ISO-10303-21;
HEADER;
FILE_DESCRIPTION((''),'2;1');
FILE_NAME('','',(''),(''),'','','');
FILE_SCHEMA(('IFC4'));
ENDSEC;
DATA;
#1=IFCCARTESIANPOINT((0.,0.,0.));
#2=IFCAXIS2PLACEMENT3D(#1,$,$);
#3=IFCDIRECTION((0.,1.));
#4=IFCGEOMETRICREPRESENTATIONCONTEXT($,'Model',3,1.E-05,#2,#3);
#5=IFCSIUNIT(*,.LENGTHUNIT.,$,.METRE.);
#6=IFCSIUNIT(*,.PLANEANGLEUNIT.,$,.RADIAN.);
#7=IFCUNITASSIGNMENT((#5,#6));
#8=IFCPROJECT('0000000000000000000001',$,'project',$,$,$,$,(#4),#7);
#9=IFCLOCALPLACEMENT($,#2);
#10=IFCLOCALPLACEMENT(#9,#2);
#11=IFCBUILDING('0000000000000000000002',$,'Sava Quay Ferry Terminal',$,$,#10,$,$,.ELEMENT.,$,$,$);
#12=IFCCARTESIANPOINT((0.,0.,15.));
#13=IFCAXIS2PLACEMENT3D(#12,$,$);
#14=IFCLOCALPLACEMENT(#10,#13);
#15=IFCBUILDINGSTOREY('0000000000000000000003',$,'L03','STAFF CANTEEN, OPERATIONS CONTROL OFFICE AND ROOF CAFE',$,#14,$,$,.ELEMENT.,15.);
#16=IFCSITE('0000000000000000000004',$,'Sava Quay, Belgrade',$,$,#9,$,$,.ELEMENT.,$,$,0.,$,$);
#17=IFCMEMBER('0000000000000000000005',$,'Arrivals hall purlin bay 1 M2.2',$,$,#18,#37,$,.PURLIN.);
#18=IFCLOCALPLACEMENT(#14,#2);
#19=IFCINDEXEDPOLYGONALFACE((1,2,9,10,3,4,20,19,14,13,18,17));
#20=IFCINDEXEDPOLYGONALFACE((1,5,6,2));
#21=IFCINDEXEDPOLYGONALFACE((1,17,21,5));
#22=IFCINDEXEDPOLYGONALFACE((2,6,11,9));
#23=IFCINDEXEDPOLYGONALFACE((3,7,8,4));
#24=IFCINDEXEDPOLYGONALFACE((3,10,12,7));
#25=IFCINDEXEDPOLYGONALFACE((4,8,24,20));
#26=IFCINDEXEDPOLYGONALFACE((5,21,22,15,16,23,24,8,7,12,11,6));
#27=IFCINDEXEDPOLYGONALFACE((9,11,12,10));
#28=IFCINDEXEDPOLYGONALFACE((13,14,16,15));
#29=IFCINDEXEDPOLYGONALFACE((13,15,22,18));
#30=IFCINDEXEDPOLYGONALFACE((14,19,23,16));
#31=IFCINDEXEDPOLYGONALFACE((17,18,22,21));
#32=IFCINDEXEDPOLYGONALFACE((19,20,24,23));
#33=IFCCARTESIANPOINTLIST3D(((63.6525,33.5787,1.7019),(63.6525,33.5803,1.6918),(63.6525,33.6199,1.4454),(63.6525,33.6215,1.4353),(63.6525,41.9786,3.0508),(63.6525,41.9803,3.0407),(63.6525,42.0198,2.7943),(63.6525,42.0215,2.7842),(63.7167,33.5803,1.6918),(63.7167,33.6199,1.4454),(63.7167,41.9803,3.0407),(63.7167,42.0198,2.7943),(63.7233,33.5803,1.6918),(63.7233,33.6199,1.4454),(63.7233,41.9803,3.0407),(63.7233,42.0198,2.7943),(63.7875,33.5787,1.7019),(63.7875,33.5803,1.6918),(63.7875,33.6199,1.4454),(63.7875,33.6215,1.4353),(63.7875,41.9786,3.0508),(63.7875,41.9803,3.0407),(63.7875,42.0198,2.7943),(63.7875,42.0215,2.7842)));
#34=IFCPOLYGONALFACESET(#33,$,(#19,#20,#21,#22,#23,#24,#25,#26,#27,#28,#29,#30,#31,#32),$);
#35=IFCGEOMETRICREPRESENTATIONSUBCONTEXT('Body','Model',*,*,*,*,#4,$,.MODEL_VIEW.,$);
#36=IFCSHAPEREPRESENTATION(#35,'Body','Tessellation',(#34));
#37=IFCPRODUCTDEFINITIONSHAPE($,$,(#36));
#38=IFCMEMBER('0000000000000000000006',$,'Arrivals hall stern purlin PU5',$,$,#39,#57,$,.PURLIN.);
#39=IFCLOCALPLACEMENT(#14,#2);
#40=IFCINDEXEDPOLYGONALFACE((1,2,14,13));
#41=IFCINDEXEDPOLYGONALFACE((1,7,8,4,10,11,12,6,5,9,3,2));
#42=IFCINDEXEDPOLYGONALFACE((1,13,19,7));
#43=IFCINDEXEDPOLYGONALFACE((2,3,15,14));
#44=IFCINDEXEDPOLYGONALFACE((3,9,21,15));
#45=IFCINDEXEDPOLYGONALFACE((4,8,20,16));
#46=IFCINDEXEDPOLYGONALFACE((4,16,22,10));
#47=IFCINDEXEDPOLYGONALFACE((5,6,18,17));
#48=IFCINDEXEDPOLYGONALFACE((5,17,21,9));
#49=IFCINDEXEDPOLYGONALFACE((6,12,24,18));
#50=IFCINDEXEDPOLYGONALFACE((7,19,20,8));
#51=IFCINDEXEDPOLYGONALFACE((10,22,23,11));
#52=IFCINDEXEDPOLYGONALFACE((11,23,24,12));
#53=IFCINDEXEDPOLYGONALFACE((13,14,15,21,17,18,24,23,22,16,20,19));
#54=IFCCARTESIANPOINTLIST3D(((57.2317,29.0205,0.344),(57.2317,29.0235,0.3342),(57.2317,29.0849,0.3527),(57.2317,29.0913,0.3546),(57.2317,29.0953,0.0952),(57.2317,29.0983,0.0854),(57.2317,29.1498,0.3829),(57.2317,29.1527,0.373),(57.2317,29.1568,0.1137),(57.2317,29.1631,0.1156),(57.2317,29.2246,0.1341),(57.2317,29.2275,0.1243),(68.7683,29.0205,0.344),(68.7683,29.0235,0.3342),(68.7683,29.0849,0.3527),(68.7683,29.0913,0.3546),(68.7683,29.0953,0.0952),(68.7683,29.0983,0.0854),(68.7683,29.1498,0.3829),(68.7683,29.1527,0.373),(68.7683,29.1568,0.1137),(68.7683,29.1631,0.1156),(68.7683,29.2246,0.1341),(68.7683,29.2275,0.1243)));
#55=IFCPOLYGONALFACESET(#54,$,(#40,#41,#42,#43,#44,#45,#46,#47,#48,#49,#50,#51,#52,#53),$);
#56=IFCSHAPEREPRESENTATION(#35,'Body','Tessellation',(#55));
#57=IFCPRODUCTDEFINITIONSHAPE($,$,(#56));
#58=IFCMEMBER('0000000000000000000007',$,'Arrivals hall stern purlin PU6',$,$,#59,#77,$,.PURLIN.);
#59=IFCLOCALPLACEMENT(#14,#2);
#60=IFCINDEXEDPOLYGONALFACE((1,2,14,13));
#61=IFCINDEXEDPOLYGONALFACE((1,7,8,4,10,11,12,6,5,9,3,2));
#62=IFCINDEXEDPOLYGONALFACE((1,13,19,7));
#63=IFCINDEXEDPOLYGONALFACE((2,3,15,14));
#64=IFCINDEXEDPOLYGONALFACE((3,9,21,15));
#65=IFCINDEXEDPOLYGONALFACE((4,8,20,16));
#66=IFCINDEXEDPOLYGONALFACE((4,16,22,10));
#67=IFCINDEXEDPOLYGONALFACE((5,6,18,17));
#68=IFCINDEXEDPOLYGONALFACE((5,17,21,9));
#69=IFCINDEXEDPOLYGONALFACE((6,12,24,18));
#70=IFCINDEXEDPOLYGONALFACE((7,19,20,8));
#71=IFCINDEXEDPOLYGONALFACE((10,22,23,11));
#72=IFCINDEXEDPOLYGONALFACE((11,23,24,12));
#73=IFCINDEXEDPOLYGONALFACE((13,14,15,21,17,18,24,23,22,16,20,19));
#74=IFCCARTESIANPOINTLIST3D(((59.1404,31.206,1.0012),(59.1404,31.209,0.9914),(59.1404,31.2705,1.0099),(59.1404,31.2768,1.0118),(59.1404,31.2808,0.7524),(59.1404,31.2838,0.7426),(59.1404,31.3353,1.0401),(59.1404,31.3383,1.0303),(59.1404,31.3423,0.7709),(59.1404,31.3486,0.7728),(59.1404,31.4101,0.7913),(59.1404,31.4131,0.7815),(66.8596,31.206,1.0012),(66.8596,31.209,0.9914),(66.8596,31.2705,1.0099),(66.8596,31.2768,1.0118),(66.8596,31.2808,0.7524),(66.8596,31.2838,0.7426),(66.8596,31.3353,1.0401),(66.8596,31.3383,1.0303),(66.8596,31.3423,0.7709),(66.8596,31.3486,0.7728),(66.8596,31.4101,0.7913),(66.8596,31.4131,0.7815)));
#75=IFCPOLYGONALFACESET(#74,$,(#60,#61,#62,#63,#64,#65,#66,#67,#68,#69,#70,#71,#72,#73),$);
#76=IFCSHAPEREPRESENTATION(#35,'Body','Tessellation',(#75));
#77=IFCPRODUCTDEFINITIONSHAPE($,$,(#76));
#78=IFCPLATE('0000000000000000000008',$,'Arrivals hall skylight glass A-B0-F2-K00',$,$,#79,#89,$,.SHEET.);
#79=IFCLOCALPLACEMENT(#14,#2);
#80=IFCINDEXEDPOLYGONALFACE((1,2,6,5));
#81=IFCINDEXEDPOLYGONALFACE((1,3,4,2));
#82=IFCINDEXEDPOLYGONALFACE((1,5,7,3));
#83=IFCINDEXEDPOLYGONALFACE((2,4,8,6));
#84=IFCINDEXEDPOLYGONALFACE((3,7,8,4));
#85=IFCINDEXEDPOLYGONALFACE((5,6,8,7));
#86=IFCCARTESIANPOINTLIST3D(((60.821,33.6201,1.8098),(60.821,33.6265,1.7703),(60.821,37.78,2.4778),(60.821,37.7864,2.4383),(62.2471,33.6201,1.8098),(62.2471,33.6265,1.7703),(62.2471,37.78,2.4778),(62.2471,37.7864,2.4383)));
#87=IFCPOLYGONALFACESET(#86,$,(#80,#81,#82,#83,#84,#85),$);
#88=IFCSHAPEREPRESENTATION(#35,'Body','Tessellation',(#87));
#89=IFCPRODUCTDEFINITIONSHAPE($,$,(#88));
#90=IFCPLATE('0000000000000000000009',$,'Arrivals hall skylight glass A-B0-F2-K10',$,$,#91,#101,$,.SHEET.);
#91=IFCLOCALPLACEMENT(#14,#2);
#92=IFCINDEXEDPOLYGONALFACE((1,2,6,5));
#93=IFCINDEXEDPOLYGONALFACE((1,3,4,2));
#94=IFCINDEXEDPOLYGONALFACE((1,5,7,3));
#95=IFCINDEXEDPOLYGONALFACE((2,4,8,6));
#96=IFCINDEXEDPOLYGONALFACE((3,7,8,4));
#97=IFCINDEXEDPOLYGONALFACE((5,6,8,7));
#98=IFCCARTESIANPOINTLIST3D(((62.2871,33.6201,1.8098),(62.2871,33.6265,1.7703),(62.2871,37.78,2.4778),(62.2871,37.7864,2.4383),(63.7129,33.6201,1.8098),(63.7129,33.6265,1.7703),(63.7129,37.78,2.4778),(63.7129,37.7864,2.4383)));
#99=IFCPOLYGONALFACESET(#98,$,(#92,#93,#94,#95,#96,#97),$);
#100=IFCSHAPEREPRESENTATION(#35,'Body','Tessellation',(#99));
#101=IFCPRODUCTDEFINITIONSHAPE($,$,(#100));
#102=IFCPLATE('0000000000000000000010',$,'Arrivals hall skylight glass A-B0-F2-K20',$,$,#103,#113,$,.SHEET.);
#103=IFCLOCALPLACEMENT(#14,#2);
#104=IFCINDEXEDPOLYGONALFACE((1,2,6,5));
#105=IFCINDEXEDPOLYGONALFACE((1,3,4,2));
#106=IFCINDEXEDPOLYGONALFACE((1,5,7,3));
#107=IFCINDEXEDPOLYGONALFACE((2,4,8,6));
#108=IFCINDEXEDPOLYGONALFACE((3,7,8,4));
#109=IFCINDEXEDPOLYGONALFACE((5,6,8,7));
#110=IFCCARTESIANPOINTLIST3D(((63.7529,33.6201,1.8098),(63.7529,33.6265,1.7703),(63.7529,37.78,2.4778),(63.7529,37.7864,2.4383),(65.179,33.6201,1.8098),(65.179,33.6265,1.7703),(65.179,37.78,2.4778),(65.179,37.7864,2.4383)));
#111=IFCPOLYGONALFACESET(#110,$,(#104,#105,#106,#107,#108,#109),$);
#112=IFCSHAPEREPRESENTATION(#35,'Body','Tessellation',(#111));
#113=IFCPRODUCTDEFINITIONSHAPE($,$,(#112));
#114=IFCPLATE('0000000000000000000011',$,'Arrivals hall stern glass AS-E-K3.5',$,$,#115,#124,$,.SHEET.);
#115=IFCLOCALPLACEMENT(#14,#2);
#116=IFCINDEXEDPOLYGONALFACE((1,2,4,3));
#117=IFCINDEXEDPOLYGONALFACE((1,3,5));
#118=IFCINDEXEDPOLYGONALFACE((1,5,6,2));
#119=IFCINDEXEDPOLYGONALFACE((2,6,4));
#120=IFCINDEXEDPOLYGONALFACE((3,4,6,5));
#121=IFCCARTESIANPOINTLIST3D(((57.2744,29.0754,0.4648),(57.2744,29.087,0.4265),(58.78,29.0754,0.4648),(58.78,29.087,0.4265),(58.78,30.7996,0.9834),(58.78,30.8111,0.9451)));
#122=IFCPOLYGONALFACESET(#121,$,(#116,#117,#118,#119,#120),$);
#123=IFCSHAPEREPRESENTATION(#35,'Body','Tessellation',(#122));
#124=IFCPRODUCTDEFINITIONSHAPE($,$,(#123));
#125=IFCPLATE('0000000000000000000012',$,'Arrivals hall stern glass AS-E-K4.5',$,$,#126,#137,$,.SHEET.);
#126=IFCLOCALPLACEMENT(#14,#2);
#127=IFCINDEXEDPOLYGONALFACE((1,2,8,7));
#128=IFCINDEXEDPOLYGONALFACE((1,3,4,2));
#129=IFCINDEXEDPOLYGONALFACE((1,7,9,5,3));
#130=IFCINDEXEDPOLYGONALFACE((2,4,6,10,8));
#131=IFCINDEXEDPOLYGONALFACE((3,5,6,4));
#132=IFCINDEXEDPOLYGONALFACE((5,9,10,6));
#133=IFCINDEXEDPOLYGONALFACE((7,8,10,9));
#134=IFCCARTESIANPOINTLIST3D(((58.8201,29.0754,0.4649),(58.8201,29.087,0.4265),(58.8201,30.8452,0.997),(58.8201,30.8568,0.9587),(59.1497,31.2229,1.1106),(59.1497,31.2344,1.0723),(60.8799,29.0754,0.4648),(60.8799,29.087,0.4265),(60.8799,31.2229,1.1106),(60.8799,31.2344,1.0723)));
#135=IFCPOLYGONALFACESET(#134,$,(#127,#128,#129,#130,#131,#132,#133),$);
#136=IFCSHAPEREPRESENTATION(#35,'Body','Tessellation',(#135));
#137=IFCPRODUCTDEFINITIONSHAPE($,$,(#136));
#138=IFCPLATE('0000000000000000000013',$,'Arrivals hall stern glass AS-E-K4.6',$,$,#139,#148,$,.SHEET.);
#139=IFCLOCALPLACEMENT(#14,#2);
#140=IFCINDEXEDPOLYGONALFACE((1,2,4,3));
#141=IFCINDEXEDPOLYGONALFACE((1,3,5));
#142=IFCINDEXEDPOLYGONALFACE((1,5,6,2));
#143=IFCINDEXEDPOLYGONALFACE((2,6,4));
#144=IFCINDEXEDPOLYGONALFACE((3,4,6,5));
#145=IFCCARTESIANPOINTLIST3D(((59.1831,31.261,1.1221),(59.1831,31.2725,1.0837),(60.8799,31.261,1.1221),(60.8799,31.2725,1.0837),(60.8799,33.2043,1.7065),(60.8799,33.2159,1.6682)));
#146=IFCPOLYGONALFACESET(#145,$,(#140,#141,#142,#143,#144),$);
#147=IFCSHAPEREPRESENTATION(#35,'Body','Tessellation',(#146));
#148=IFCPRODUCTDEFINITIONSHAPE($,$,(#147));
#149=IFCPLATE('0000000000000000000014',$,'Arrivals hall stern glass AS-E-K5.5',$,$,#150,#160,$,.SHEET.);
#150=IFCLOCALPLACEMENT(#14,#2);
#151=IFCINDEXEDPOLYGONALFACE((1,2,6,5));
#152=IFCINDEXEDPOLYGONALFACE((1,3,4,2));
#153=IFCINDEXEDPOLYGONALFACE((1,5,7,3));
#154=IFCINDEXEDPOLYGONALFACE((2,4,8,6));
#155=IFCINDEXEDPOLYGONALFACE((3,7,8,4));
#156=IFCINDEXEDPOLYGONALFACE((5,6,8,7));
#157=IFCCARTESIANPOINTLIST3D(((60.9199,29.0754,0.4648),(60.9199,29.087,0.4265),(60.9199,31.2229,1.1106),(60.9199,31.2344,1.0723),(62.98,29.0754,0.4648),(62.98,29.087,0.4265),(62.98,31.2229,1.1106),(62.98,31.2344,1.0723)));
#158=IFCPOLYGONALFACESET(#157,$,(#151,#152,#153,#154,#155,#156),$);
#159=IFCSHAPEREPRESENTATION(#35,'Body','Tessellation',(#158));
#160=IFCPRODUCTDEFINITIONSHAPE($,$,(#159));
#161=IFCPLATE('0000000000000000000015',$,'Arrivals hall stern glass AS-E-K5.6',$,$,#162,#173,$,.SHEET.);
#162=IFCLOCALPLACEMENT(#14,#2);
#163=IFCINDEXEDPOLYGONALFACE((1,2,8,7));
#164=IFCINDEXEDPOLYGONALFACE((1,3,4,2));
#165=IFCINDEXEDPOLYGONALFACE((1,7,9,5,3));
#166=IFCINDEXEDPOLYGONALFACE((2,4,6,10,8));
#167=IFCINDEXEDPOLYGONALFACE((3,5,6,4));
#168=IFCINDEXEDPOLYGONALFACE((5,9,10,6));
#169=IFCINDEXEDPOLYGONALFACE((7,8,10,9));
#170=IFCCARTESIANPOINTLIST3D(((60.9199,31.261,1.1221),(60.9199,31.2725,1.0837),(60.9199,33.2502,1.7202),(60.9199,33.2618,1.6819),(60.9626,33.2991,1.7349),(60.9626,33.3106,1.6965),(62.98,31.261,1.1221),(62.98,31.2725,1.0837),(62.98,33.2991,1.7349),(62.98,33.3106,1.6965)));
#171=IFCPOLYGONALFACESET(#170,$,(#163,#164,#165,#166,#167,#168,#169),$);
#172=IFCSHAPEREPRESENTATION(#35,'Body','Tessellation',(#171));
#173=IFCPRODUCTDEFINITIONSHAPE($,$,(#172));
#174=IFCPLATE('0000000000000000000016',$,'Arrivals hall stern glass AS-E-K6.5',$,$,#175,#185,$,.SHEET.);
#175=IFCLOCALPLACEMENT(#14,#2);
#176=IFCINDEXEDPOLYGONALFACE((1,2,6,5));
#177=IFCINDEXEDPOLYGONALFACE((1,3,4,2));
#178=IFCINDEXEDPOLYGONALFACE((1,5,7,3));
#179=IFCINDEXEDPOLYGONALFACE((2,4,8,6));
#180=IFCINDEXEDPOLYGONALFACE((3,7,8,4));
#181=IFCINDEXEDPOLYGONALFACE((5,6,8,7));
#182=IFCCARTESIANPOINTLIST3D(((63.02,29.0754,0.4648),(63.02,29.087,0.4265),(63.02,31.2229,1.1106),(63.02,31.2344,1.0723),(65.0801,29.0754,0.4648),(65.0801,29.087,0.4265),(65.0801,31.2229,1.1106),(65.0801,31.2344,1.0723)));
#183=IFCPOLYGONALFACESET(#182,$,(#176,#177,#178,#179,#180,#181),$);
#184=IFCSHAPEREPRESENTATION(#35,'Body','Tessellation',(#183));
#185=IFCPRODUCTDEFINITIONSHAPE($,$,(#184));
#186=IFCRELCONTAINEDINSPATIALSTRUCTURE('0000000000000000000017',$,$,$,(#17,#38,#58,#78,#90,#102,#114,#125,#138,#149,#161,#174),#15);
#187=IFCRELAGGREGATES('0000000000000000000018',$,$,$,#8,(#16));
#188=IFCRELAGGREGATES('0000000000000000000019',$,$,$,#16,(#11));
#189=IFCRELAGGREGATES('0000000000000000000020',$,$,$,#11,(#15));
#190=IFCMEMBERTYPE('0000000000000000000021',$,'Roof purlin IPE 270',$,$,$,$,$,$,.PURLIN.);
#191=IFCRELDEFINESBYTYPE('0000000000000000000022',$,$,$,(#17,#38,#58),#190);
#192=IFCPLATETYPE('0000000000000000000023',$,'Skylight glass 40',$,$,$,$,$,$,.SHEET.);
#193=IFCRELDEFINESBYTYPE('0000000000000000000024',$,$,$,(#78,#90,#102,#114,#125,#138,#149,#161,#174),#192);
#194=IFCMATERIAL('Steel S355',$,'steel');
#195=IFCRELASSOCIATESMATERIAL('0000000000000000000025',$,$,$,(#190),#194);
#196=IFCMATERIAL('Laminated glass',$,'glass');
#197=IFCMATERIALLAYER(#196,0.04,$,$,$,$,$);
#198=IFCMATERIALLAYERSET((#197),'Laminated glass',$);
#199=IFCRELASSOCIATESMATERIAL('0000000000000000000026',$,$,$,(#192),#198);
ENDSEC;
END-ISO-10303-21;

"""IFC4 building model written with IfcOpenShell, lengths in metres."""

from ifc_helpers import new_model, si_unit, direction, frame, origin, origin_2d, place, context, subcontext, project, spatial, polyline, i_section, outline, extrude, material, layer, layer_set, material_profile, profile_set, type_object, element, save


model = new_model("IFC4")

# Units and contexts
model_context = context("Model", 3, precision=1e-05, world=origin(), true_north=direction((0.0, 1.0)))
body_context = subcontext(model_context, "Body", "Model", "MODEL_VIEW")
ifc_project = project(units=[si_unit("LENGTHUNIT", "METRE"), si_unit("PLANEANGLEUNIT", "RADIAN")], contexts=[model_context])

# Site, building, storey
site_placement = place(None, origin())
site = spatial("IfcSite", under=ifc_project, at=site_placement, Name="Sava Quay, Belgrade", CompositionType="ELEMENT", RefElevation=0.0)
building_placement = place(site_placement, origin())
building = spatial("IfcBuilding", under=site, at=building_placement, Name="Sava Quay Ferry Terminal", CompositionType="ELEMENT")
storey_placement = place(building_placement, frame((0.0, 0.0, 15.0)))
storey = spatial("IfcBuildingStorey", under=building, at=storey_placement, Name="L03", Description="STAFF CANTEEN, OPERATIONS CONTROL OFFICE AND ROOF CAFE", CompositionType="ELEMENT", Elevation=15.0)

# Members
ifc_material_1 = material(Name="Steel S355", Category="steel")
ifc_material_profile_1 = material_profile(ifc_material_1, i_section(OverallWidth=0.135, OverallDepth=0.27, WebThickness=0.0066, FlangeThickness=0.0103, at=origin_2d()), Name="IPE 270")
ifc_profile_set_1 = profile_set([ifc_material_profile_1], Name="Steel S355")
member_type_1 = type_object("IfcMemberType", Name="Roof purlin IPE 270", PredefinedType="PURLIN", material=ifc_profile_set_1)
for number, where, z_axis, x_axis, name in (
    (1, (63.72, 33.6001, 1.5686), (0.0, 0.987351, 0.158551), (-1.0, 0.0, 0.0), "Arrivals hall purlin bay 1 M2.2"),
):
    element("IfcMember", number, at=place(storey_placement, frame(where, z_axis=z_axis, x_axis=x_axis)), inside=storey, type_object=member_type_1, Name=name, PredefinedType="PURLIN", context=body_context, shape_type="SweptSolid", body=[
        extrude(i_section(OverallWidth=0.135, OverallDepth=0.27, WebThickness=0.0066, FlangeThickness=0.0103, at=origin_2d()), origin(), (0.0, 0.0, 1.0), 8.5076),
    ])
member_1_placement = place(storey_placement, frame((57.2317, 29.124, 0.2341), z_axis=(1.0, 0.0, 0.0), x_axis=(0.0, 0.957647, 0.287946)))
element("IfcMember", 2, at=member_1_placement, inside=storey, type_object=member_type_1, Name="Arrivals hall stern purlin PU5", PredefinedType="PURLIN", context=body_context, shape_type="SweptSolid", body=[
    extrude(i_section(OverallWidth=0.135, OverallDepth=0.27, WebThickness=0.0066, FlangeThickness=0.0103, at=origin_2d()), origin(), (0.0, 0.0, 1.0), 11.5366),
])
member_2_placement = place(storey_placement, frame((59.1404, 31.3096, 0.8914), z_axis=(1.0, 0.0, 0.0), x_axis=(0.0, 0.957647, 0.287946)))
element("IfcMember", 3, at=member_2_placement, inside=storey, type_object=member_type_1, Name="Arrivals hall stern purlin PU6", PredefinedType="PURLIN", context=body_context, shape_type="SweptSolid", body=[
    extrude(i_section(OverallWidth=0.135, OverallDepth=0.27, WebThickness=0.0066, FlangeThickness=0.0103, at=origin_2d()), origin(), (0.0, 0.0, 1.0), 7.7192),
])

# Plates
ifc_material_2 = material(Name="Laminated glass", Category="glass")
ifc_layer_1 = layer(ifc_material_2, 0.04)
ifc_layer_set_1 = layer_set([ifc_layer_1], Name="Laminated glass")
plate_type = type_object("IfcPlateType", Name="Skylight glass 40", PredefinedType="SHEET", material=ifc_layer_set_1)
plate_1_placement = place(storey_placement, frame((60.821, 33.6201, 1.8098), z_axis=(0.0, -0.158542, 0.987352), x_axis=(0.0, 0.987352, 0.158542)))
element("IfcPlate", 4, at=plate_1_placement, inside=storey, type_object=plate_type, Name="Arrivals hall skylight glass A-B0-F2-K00", PredefinedType="SHEET", context=body_context, shape_type="SweptSolid", body=[
    extrude(outline(polyline([(0.0, 0.0), (4.2132, 0.0), (4.2132, -1.426), (0.0, -1.426), (0.0, 0.0)])), origin(), (0.0, 0.0, -1.0), 0.04),
])
plate_2_placement = place(storey_placement, frame((62.2871, 33.6201, 1.8098), z_axis=(0.0, -0.158542, 0.987352), x_axis=(0.0, 0.987352, 0.158542)))
element("IfcPlate", 5, at=plate_2_placement, inside=storey, type_object=plate_type, Name="Arrivals hall skylight glass A-B0-F2-K10", PredefinedType="SHEET", context=body_context, shape_type="SweptSolid", body=[
    extrude(outline(polyline([(0.0, 0.0), (4.2132, 0.0), (4.2132, -1.4258), (0.0, -1.4258), (0.0, 0.0)])), origin(), (0.0, 0.0, -1.0), 0.04),
])
plate_3_placement = place(storey_placement, frame((63.7529, 33.6201, 1.8098), z_axis=(0.0, -0.158542, 0.987352), x_axis=(0.0, 0.987352, 0.158542)))
element("IfcPlate", 6, at=plate_3_placement, inside=storey, type_object=plate_type, Name="Arrivals hall skylight glass A-B0-F2-K20", PredefinedType="SHEET", context=body_context, shape_type="SweptSolid", body=[
    extrude(outline(polyline([(0.0, 0.0), (4.2132, 0.0), (4.2132, -1.426), (0.0, -1.426), (0.0, 0.0)])), origin(), (0.0, 0.0, -1.0), 0.04),
])
plate_4_placement = place(storey_placement, frame((58.78, 29.0754, 0.4648), z_axis=(0.0, -0.28802, 0.957625), x_axis=(-1.0, 0.0, 0.0)))
element("IfcPlate", 7, at=plate_4_placement, inside=storey, type_object=plate_type, Name="Arrivals hall stern glass AS-E-K3.5", PredefinedType="SHEET", context=body_context, shape_type="SweptSolid", body=[
    extrude(outline(polyline([(0.0, 0.0), (1.5056, 0.0), (0.0, -1.8004), (0.0, 0.0)])), origin(), (0.0, 0.0, -1.0), 0.04),
])
plate_5_placement = place(storey_placement, frame((60.8799, 31.2229, 1.1106), z_axis=(0.000011, -0.287969, 0.95764), x_axis=(0.0, -0.95764, -0.287969)))
element("IfcPlate", 8, at=plate_5_placement, inside=storey, type_object=plate_type, Name="Arrivals hall stern glass AS-E-K4.5", PredefinedType="SHEET", context=body_context, shape_type="SweptSolid", body=[
    extrude(outline(polyline([(0.0, 0.0), (2.2425, 0.0), (2.2425, -2.0598), (0.3944, -2.0598), (0.0, -1.7302), (0.0, 0.0)])), origin(), (0.0, 0.0, -1.0), 0.04),
])
plate_6_placement = place(storey_placement, frame((60.8799, 31.261, 1.1221), z_axis=(0.0, -0.28801, 0.957627), x_axis=(-1.0, 0.0, 0.0)))
element("IfcPlate", 9, at=plate_6_placement, inside=storey, type_object=plate_type, Name="Arrivals hall stern glass AS-E-K4.6", PredefinedType="SHEET", context=body_context, shape_type="SweptSolid", body=[
    extrude(outline(polyline([(0.0, 0.0), (1.6968, 0.0), (0.0, -2.0293), (0.0, 0.0)])), origin(), (0.0, 0.0, -1.0), 0.04),
])
plate_7_placement = place(storey_placement, frame((60.9199, 29.0754, 0.4648), z_axis=(0.0, -0.287967, 0.95764), x_axis=(0.0, 0.95764, 0.287967)))
element("IfcPlate", 10, at=plate_7_placement, inside=storey, type_object=plate_type, Name="Arrivals hall stern glass AS-E-K5.5", PredefinedType="SHEET", context=body_context, shape_type="SweptSolid", body=[
    extrude(outline(polyline([(0.0, 0.0), (2.2425, 0.0), (2.2425, -2.0601), (0.0, -2.0601), (0.0, 0.0)])), origin(), (0.0, 0.0, -1.0), 0.04),
])
plate_8_placement = place(storey_placement, frame((62.98, 31.261, 1.1221), z_axis=(0.000008, -0.287937, 0.957649), x_axis=(-1.0, -0.000002, 0.000007)))
element("IfcPlate", 11, at=plate_8_placement, inside=storey, type_object=plate_type, Name="Arrivals hall stern glass AS-E-K5.6", PredefinedType="SHEET", context=body_context, shape_type="SweptSolid", body=[
    extrude(outline(polyline([(0.0, 0.0), (2.0601, 0.0), (2.0601, -2.0772), (2.0173, -2.1282), (0.0, -2.1282), (0.0, 0.0)])), origin(), (0.0, 0.0, -1.0), 0.04),
])
plate_9_placement = place(storey_placement, frame((63.02, 29.0754, 0.4648), z_axis=(0.0, -0.287967, 0.95764), x_axis=(0.0, 0.95764, 0.287967)))
element("IfcPlate", 12, at=plate_9_placement, inside=storey, type_object=plate_type, Name="Arrivals hall stern glass AS-E-K6.5", PredefinedType="SHEET", context=body_context, shape_type="SweptSolid", body=[
    extrude(outline(polyline([(0.0, 0.0), (2.2425, 0.0), (2.2425, -2.0601), (0.0, -2.0601), (0.0, 0.0)])), origin(), (0.0, 0.0, -1.0), 0.04),
])

save(model, "model.ifc")
